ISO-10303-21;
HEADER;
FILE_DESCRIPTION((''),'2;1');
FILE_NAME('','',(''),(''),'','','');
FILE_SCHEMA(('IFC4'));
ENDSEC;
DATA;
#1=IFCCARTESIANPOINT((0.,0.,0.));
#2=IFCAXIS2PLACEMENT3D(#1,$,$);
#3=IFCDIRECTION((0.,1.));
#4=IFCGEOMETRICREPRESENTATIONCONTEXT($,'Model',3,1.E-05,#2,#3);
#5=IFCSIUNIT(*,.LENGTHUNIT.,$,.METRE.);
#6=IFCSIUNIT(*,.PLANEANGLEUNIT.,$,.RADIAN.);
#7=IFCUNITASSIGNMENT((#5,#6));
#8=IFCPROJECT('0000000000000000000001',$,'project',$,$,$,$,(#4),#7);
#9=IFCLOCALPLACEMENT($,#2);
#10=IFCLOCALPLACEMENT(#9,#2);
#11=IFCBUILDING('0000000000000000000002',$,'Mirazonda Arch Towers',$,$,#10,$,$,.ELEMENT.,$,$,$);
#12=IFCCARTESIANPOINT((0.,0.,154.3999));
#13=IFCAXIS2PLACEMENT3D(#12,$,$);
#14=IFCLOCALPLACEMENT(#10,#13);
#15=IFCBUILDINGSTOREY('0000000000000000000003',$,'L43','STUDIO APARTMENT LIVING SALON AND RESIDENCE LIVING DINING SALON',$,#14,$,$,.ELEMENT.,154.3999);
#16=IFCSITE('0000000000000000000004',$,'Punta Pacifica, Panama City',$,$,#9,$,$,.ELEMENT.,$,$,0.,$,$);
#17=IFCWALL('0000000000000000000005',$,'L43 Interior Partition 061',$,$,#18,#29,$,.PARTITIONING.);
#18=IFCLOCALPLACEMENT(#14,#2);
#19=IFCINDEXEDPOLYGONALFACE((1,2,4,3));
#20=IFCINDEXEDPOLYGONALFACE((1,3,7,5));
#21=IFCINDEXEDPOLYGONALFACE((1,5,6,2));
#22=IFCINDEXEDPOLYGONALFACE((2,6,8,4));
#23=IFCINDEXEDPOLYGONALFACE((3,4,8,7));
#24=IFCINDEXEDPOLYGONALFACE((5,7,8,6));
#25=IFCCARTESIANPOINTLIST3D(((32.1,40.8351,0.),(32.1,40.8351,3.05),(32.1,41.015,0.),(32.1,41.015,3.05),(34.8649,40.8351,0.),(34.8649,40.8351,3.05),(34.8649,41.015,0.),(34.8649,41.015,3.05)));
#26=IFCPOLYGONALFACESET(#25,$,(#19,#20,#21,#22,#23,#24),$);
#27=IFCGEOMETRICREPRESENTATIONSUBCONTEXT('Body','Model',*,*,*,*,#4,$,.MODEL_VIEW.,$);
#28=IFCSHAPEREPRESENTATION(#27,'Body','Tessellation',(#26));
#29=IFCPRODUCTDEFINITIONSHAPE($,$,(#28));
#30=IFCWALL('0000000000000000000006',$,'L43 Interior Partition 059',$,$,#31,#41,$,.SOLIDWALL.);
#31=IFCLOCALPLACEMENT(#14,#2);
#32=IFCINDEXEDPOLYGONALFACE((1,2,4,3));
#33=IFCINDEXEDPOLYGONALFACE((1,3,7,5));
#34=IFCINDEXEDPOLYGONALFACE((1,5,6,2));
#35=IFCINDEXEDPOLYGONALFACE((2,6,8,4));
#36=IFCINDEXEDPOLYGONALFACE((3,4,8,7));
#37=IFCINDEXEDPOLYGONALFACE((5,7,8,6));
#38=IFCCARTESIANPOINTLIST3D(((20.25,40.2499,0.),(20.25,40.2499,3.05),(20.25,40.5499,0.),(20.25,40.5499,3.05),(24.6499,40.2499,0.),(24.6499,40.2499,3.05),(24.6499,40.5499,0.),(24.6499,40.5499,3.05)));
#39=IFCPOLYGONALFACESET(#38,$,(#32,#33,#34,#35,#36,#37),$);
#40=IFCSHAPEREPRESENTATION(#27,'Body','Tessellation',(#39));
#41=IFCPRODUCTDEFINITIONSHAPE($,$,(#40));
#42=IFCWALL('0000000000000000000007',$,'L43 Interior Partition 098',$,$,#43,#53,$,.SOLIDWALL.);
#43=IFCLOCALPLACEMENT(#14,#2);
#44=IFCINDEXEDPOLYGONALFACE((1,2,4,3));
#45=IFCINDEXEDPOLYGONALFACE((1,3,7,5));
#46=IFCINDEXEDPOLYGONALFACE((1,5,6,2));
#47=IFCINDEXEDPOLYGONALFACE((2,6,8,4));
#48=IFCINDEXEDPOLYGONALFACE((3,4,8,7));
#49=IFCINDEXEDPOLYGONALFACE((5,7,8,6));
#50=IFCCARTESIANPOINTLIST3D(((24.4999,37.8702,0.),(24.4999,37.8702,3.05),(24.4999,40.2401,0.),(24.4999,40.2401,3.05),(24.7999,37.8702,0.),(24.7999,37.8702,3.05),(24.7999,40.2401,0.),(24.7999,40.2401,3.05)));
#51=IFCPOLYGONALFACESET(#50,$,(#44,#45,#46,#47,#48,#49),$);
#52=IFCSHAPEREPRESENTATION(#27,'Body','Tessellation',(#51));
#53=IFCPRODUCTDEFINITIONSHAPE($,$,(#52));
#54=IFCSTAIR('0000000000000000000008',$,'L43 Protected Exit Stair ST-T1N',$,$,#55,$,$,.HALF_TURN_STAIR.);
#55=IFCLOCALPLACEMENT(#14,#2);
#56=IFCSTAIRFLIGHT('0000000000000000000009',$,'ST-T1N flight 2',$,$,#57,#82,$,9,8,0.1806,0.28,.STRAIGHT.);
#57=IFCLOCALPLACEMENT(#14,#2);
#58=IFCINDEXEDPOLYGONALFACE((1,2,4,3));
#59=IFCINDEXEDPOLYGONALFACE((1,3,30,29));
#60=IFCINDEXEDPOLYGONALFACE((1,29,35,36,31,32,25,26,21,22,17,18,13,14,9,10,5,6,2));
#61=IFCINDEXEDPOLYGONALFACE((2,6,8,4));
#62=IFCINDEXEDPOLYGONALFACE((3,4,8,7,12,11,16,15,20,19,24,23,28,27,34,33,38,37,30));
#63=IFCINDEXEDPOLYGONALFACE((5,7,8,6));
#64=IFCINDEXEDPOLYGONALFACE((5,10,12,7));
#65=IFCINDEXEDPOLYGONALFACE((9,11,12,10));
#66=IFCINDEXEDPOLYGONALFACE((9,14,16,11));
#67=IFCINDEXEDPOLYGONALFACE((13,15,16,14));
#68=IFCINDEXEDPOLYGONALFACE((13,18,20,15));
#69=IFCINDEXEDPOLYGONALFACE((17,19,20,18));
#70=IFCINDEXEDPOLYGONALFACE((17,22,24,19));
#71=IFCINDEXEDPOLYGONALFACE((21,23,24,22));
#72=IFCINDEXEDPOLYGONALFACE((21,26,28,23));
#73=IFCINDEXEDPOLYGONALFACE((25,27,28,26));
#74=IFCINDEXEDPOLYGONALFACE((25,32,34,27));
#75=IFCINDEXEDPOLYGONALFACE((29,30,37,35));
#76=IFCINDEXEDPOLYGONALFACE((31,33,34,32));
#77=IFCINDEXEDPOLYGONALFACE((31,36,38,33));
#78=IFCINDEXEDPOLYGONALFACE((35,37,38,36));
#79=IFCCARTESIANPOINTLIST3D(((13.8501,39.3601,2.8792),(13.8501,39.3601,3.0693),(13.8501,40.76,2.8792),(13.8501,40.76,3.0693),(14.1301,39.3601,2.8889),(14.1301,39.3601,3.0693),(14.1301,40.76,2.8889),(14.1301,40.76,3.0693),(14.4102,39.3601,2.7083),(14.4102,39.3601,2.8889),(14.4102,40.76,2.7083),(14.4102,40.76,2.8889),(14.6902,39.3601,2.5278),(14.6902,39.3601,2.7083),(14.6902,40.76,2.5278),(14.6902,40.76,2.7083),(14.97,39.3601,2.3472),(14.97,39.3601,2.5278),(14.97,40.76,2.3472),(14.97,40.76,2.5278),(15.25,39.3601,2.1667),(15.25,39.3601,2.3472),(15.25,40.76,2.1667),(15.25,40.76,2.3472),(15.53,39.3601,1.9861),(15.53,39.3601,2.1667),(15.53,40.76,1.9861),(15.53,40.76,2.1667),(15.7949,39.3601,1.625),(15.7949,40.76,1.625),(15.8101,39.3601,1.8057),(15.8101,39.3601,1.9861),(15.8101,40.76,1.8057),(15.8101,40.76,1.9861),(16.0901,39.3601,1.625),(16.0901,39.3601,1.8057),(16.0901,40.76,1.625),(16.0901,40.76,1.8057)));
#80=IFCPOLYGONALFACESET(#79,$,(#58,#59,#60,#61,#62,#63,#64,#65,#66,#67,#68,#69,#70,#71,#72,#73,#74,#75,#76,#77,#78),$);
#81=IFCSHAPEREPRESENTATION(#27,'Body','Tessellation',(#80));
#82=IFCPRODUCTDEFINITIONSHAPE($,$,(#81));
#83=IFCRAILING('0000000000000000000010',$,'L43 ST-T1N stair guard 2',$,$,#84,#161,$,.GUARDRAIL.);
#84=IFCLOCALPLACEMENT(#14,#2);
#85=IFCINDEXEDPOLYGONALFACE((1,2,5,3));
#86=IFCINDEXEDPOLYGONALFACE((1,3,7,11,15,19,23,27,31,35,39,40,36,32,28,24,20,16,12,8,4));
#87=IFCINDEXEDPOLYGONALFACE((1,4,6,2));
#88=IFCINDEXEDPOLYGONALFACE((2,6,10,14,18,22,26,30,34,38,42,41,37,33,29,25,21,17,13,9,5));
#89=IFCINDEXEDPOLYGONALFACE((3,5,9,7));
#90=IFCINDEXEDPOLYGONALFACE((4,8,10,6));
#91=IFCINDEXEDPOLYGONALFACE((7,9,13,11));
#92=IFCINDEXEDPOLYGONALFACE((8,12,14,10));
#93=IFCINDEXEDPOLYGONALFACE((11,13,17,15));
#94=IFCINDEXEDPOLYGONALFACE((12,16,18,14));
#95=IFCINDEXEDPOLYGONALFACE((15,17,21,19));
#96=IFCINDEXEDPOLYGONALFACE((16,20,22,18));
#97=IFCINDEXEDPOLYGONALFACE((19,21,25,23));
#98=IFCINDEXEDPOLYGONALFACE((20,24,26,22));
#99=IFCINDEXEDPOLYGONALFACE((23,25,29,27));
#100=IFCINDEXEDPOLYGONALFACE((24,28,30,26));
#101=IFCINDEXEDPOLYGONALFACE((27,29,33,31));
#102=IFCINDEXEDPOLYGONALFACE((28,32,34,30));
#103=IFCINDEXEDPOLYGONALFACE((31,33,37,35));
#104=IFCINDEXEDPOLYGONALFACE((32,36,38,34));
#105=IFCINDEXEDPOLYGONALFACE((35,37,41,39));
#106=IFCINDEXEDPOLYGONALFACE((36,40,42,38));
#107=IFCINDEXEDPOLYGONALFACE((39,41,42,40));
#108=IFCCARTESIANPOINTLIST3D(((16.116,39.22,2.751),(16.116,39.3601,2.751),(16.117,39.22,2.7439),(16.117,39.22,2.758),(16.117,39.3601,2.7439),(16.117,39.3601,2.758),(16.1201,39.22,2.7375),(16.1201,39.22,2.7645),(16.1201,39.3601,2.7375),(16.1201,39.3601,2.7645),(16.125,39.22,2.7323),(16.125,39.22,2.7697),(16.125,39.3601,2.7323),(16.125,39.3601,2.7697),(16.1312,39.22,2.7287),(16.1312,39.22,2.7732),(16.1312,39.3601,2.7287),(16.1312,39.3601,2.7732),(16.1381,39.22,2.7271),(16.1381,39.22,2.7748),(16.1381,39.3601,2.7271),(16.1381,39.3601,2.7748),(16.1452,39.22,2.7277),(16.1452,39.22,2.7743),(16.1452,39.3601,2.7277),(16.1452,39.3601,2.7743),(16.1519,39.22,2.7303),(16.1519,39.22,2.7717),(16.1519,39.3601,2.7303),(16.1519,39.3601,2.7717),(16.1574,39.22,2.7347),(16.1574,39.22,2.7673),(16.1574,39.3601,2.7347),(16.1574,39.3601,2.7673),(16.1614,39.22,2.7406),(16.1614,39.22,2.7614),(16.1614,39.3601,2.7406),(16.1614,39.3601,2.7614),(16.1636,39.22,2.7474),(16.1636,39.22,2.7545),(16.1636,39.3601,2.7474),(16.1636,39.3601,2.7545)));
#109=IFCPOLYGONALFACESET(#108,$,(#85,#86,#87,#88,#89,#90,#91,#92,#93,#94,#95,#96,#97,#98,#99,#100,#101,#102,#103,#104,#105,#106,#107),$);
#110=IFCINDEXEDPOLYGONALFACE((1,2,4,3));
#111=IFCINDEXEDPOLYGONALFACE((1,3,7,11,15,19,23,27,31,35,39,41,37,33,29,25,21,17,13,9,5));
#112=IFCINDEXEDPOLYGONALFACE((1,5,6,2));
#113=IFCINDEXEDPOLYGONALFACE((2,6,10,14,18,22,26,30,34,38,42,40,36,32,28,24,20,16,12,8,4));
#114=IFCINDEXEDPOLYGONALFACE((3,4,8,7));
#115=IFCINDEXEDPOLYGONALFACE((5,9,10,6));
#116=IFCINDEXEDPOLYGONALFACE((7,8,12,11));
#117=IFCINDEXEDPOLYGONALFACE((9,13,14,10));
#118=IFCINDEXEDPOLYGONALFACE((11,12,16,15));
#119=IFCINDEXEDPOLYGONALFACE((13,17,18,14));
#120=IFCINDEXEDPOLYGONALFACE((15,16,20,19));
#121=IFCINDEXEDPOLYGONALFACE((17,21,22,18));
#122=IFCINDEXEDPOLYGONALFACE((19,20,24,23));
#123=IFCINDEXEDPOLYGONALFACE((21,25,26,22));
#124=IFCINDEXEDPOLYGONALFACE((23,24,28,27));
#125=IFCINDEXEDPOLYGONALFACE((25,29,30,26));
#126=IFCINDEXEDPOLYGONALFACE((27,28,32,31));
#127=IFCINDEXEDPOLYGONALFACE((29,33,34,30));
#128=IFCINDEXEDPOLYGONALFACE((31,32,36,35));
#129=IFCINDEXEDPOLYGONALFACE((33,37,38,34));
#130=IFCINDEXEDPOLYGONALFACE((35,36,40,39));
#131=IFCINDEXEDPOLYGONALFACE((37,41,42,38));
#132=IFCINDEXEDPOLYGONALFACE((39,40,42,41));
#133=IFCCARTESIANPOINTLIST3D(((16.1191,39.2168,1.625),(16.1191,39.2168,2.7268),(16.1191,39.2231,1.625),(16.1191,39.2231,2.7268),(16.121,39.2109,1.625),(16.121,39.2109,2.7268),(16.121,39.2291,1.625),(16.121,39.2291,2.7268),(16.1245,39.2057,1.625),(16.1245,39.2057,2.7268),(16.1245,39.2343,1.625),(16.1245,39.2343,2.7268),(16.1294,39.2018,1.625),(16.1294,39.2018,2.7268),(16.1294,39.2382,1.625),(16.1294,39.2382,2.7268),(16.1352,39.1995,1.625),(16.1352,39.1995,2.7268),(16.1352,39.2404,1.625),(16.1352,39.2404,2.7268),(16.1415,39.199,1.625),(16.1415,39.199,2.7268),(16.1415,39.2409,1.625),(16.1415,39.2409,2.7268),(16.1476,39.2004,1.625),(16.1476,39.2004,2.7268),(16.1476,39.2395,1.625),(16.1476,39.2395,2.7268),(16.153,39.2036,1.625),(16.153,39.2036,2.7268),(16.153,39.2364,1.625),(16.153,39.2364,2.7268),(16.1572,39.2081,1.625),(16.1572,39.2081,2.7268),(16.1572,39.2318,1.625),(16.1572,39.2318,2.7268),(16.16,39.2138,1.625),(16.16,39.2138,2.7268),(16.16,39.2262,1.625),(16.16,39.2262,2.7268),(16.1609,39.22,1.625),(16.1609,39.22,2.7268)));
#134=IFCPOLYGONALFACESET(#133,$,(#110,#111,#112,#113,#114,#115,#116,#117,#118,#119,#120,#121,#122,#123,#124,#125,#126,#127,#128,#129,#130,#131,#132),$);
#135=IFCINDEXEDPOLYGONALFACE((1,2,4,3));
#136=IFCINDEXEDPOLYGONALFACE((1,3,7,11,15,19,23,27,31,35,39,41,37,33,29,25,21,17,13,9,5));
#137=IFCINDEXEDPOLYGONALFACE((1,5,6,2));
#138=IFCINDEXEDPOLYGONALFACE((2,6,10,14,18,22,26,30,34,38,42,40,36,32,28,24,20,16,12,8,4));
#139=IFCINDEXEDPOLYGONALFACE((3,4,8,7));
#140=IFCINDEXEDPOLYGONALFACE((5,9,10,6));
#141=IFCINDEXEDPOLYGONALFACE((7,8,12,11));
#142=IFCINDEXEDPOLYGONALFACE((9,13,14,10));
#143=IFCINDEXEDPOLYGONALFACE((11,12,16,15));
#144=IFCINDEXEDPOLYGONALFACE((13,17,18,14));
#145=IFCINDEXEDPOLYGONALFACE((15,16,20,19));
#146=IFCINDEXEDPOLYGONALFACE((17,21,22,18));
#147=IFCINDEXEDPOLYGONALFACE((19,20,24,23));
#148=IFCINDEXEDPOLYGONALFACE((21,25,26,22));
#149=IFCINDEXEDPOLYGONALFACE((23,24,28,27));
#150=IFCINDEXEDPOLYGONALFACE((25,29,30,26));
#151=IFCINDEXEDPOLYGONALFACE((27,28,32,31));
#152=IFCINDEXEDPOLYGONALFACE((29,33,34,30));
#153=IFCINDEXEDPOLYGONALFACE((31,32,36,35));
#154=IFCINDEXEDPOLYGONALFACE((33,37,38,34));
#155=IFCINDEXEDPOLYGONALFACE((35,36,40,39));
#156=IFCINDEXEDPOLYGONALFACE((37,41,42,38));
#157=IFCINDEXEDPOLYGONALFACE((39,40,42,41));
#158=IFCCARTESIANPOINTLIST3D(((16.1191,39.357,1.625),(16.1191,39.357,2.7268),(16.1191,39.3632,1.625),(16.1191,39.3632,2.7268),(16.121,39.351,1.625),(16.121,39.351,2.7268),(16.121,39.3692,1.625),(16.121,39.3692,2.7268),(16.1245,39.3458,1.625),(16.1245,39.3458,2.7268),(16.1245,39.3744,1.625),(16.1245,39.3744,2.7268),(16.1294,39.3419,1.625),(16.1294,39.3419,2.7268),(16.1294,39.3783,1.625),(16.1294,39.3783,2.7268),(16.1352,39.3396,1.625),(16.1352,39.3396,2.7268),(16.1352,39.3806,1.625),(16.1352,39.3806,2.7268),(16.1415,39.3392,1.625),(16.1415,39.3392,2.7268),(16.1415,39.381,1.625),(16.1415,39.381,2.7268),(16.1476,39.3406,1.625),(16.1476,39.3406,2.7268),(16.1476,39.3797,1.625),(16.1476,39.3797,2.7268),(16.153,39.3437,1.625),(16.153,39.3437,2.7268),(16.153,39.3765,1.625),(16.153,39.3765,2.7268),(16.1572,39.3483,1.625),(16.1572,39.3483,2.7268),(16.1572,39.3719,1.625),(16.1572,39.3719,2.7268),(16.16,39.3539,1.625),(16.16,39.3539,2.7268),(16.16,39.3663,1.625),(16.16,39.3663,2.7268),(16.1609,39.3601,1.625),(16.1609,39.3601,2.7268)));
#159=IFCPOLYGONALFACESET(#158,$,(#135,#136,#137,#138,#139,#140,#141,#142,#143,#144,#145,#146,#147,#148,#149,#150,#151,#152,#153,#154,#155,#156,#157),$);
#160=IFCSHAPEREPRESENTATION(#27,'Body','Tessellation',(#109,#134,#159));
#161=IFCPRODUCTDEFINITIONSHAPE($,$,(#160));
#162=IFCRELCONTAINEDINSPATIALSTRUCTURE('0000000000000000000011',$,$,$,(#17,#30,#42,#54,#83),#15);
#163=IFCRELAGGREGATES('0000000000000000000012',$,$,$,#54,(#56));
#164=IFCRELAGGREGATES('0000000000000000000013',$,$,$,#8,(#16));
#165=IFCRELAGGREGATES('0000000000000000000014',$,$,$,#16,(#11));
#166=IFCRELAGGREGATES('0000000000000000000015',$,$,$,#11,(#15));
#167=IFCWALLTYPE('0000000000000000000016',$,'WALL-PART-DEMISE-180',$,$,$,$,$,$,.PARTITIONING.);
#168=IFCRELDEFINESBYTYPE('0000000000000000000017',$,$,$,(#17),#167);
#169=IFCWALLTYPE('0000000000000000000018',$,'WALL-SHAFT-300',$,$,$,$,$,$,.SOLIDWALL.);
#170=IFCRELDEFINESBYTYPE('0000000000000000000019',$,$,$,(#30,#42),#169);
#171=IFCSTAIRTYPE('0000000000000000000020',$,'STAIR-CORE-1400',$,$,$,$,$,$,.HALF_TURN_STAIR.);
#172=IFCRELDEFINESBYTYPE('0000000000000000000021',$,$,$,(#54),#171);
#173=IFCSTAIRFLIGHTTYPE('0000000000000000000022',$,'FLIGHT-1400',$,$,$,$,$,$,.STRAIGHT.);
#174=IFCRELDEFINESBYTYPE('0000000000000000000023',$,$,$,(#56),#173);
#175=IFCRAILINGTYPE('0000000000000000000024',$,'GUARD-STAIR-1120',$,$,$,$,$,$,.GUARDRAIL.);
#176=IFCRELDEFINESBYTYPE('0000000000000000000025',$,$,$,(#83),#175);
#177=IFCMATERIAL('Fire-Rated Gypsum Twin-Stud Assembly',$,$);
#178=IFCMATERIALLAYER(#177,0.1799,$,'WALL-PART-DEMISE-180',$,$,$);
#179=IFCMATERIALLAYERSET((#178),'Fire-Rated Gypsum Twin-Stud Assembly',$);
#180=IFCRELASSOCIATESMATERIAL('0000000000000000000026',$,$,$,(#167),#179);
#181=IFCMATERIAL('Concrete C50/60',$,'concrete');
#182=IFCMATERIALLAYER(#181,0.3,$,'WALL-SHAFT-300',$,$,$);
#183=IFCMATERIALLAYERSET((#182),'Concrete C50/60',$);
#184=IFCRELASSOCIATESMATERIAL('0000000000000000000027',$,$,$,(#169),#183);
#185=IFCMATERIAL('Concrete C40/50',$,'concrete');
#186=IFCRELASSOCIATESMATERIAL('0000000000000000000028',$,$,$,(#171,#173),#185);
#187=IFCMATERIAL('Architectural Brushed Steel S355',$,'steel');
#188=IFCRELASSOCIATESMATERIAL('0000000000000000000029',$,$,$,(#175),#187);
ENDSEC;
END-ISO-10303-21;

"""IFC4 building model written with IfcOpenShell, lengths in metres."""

from ifc_helpers import new_model, si_unit, direction, frame, frame_2d, origin, origin_2d, place, context, subcontext, project, spatial, polyline, rectangle, circle, outline, extrude, material, layer, layer_set, type_object, element, aggregate, save


model = new_model("IFC4")

# Units and contexts
model_context = context("Model", 3, precision=1e-05, world=origin(), true_north=direction((0.0, 1.0)))
body_context = subcontext(model_context, "Body", "Model", "MODEL_VIEW")
ifc_project = project(units=[si_unit("LENGTHUNIT", "METRE"), si_unit("PLANEANGLEUNIT", "RADIAN")], contexts=[model_context])

# Site, building, storey
site_placement = place(None, origin())
site = spatial("IfcSite", under=ifc_project, at=site_placement, Name="Punta Pacifica, Panama City", CompositionType="ELEMENT", RefElevation=0.0)
building_placement = place(site_placement, origin())
building = spatial("IfcBuilding", under=site, at=building_placement, Name="Mirazonda Arch Towers", CompositionType="ELEMENT")
storey_placement = place(building_placement, frame((0.0, 0.0, 154.3999)))
storey = spatial("IfcBuildingStorey", under=building, at=storey_placement, Name="L43", Description="STUDIO APARTMENT LIVING SALON AND RESIDENCE LIVING DINING SALON", CompositionType="ELEMENT", Elevation=154.3999)

# Shared definitions
ifc_material_1 = material(Name="Concrete C50/60", Category="concrete")

# Shared definitions
ifc_material_2 = material(Name="Concrete C40/50", Category="concrete")

# Shared definitions
ifc_material_3 = material(Name="Architectural Brushed Steel S355", Category="steel")

# Wall
ifc_material_4 = material(Name="Fire-Rated Gypsum Twin-Stud Assembly")
ifc_layer_1 = layer(ifc_material_4, 0.1799, Name="WALL-PART-DEMISE-180")
ifc_layer_set_1 = layer_set([ifc_layer_1], Name="Fire-Rated Gypsum Twin-Stud Assembly")
wall_type_1 = type_object("IfcWallType", Name="WALL-PART-DEMISE-180", PredefinedType="PARTITIONING", material=ifc_layer_set_1)
wall_1_placement = place(storey_placement, frame((32.1001, 40.925, 0.0), z_axis=(0.0, 0.0, 1.0), x_axis=(1.0, 0.0, 0.0)))
element("IfcWall", 1, at=wall_1_placement, inside=storey, type_object=wall_type_1, Name="L43 Interior Partition 061", PredefinedType="PARTITIONING", context=body_context, shape_type="SweptSolid", body=[
    extrude(rectangle(XDim=2.7649, YDim=0.1799, at=frame_2d((1.3823, 0.0))), origin(), (0.0, 0.0, 1.0), 3.05),
])

# Walls
ifc_layer_2 = layer(ifc_material_1, 0.3, Name="WALL-SHAFT-300")
ifc_layer_set_2 = layer_set([ifc_layer_2], Name="Concrete C50/60")
wall_type_2 = type_object("IfcWallType", Name="WALL-SHAFT-300", PredefinedType="SOLIDWALL", material=ifc_layer_set_2)
wall_2_placement = place(storey_placement, frame((20.25, 40.3999, 0.0), z_axis=(0.0, 0.0, 1.0), x_axis=(1.0, 0.0, 0.0)))
element("IfcWall", 2, at=wall_2_placement, inside=storey, type_object=wall_type_2, Name="L43 Interior Partition 059", PredefinedType="SOLIDWALL", context=body_context, shape_type="SweptSolid", body=[
    extrude(rectangle(XDim=4.3999, YDim=0.3, at=frame_2d((2.2, 0.0))), origin(), (0.0, 0.0, 1.0), 3.05),
])
wall_3_placement = place(storey_placement, frame((24.6499, 37.8701, 0.0), z_axis=(0.0, 0.0, 1.0), x_axis=(0.0, 1.0, 0.0)))
element("IfcWall", 3, at=wall_3_placement, inside=storey, type_object=wall_type_2, Name="L43 Interior Partition 098", PredefinedType="SOLIDWALL", context=body_context, shape_type="SweptSolid", body=[
    extrude(rectangle(XDim=2.3699, YDim=0.3, at=frame_2d((1.1851, 0.0))), origin(), (0.0, 0.0, 1.0), 3.05),
])

# Stair, stair flight
stair_type = type_object("IfcStairType", Name="STAIR-CORE-1400", PredefinedType="HALF_TURN_STAIR", material=ifc_material_2)
stair_placement = place(storey_placement, origin())
stair = element("IfcStair", 4, at=stair_placement, inside=storey, type_object=stair_type, Name="L43 Protected Exit Stair ST-T1N", PredefinedType="HALF_TURN_STAIR")
stair_flight_type = type_object("IfcStairFlightType", Name="FLIGHT-1400", PredefinedType="STRAIGHT", material=ifc_material_2)
stair_flight_placement = place(storey_placement, frame((16.0901, 40.0601, 1.625), z_axis=(0.0, 0.0, 1.0), x_axis=(-1.0, 0.0, 0.0)))
stair_flight = element("IfcStairFlight", 5, at=stair_flight_placement, type_object=stair_flight_type, Name="ST-T1N flight 2", NumberOfRisers=9, NumberOfTreads=8, PredefinedType="STRAIGHT", RiserHeight=0.1806, TreadLength=0.28, context=body_context, shape_type="SweptSolid", body=[
    extrude(outline(polyline([(0.0, 0.0), (0.0, 0.1807), (0.28, 0.1807), (0.28, 0.3611), (0.5601, 0.3611), (0.5601, 0.5417), (0.8401, 0.5417), (0.8401, 0.7222), (1.1201, 0.7222), (1.1201, 0.9028), (1.3999, 0.9028), (1.3999, 1.0833), (1.6799, 1.0833), (1.6799, 1.2639), (1.96, 1.2639), (1.96, 1.4443), (2.24, 1.4443), (2.24, 1.625), (2.24, 1.2542), (0.2952, 0.0), (0.0, 0.0)])), frame((0.0, 0.7, 0.0), z_axis=(0.0, -1.0, 0.0), x_axis=(1.0, 0.0, 0.0)), (0.0, 0.0, 1.0), 1.3999),
])
aggregate(stair, [stair_flight])

# Railing
railing_type_1 = type_object("IfcRailingType", Name="GUARD-STAIR-1120", PredefinedType="GUARDRAIL", material=ifc_material_3)
railing_1_placement = place(storey_placement, frame((16.1399, 39.22, 1.625)))
element("IfcRailing", 6, at=railing_1_placement, inside=storey, type_object=railing_type_1, Name="L43 ST-T1N stair guard 2", PredefinedType="GUARDRAIL", context=body_context, shape_type="SweptSolid", body=[
    extrude(circle(Radius=0.0239, at=origin_2d()), frame((0.0, 0.0, 1.126), z_axis=(0.0, 1.0, 0.0), x_axis=(-1.0, 0.0, 0.0)), (0.0, 0.0, 1.0), 0.1401),
    extrude(circle(Radius=0.021, at=origin_2d()), origin(), (0.0, 0.0, 1.0), 1.1018),
    extrude(circle(Radius=0.021, at=origin_2d()), frame((0.0, 0.1401, 0.0)), (0.0, 0.0, 1.0), 1.1018),
])

save(model, "model.ifc")
